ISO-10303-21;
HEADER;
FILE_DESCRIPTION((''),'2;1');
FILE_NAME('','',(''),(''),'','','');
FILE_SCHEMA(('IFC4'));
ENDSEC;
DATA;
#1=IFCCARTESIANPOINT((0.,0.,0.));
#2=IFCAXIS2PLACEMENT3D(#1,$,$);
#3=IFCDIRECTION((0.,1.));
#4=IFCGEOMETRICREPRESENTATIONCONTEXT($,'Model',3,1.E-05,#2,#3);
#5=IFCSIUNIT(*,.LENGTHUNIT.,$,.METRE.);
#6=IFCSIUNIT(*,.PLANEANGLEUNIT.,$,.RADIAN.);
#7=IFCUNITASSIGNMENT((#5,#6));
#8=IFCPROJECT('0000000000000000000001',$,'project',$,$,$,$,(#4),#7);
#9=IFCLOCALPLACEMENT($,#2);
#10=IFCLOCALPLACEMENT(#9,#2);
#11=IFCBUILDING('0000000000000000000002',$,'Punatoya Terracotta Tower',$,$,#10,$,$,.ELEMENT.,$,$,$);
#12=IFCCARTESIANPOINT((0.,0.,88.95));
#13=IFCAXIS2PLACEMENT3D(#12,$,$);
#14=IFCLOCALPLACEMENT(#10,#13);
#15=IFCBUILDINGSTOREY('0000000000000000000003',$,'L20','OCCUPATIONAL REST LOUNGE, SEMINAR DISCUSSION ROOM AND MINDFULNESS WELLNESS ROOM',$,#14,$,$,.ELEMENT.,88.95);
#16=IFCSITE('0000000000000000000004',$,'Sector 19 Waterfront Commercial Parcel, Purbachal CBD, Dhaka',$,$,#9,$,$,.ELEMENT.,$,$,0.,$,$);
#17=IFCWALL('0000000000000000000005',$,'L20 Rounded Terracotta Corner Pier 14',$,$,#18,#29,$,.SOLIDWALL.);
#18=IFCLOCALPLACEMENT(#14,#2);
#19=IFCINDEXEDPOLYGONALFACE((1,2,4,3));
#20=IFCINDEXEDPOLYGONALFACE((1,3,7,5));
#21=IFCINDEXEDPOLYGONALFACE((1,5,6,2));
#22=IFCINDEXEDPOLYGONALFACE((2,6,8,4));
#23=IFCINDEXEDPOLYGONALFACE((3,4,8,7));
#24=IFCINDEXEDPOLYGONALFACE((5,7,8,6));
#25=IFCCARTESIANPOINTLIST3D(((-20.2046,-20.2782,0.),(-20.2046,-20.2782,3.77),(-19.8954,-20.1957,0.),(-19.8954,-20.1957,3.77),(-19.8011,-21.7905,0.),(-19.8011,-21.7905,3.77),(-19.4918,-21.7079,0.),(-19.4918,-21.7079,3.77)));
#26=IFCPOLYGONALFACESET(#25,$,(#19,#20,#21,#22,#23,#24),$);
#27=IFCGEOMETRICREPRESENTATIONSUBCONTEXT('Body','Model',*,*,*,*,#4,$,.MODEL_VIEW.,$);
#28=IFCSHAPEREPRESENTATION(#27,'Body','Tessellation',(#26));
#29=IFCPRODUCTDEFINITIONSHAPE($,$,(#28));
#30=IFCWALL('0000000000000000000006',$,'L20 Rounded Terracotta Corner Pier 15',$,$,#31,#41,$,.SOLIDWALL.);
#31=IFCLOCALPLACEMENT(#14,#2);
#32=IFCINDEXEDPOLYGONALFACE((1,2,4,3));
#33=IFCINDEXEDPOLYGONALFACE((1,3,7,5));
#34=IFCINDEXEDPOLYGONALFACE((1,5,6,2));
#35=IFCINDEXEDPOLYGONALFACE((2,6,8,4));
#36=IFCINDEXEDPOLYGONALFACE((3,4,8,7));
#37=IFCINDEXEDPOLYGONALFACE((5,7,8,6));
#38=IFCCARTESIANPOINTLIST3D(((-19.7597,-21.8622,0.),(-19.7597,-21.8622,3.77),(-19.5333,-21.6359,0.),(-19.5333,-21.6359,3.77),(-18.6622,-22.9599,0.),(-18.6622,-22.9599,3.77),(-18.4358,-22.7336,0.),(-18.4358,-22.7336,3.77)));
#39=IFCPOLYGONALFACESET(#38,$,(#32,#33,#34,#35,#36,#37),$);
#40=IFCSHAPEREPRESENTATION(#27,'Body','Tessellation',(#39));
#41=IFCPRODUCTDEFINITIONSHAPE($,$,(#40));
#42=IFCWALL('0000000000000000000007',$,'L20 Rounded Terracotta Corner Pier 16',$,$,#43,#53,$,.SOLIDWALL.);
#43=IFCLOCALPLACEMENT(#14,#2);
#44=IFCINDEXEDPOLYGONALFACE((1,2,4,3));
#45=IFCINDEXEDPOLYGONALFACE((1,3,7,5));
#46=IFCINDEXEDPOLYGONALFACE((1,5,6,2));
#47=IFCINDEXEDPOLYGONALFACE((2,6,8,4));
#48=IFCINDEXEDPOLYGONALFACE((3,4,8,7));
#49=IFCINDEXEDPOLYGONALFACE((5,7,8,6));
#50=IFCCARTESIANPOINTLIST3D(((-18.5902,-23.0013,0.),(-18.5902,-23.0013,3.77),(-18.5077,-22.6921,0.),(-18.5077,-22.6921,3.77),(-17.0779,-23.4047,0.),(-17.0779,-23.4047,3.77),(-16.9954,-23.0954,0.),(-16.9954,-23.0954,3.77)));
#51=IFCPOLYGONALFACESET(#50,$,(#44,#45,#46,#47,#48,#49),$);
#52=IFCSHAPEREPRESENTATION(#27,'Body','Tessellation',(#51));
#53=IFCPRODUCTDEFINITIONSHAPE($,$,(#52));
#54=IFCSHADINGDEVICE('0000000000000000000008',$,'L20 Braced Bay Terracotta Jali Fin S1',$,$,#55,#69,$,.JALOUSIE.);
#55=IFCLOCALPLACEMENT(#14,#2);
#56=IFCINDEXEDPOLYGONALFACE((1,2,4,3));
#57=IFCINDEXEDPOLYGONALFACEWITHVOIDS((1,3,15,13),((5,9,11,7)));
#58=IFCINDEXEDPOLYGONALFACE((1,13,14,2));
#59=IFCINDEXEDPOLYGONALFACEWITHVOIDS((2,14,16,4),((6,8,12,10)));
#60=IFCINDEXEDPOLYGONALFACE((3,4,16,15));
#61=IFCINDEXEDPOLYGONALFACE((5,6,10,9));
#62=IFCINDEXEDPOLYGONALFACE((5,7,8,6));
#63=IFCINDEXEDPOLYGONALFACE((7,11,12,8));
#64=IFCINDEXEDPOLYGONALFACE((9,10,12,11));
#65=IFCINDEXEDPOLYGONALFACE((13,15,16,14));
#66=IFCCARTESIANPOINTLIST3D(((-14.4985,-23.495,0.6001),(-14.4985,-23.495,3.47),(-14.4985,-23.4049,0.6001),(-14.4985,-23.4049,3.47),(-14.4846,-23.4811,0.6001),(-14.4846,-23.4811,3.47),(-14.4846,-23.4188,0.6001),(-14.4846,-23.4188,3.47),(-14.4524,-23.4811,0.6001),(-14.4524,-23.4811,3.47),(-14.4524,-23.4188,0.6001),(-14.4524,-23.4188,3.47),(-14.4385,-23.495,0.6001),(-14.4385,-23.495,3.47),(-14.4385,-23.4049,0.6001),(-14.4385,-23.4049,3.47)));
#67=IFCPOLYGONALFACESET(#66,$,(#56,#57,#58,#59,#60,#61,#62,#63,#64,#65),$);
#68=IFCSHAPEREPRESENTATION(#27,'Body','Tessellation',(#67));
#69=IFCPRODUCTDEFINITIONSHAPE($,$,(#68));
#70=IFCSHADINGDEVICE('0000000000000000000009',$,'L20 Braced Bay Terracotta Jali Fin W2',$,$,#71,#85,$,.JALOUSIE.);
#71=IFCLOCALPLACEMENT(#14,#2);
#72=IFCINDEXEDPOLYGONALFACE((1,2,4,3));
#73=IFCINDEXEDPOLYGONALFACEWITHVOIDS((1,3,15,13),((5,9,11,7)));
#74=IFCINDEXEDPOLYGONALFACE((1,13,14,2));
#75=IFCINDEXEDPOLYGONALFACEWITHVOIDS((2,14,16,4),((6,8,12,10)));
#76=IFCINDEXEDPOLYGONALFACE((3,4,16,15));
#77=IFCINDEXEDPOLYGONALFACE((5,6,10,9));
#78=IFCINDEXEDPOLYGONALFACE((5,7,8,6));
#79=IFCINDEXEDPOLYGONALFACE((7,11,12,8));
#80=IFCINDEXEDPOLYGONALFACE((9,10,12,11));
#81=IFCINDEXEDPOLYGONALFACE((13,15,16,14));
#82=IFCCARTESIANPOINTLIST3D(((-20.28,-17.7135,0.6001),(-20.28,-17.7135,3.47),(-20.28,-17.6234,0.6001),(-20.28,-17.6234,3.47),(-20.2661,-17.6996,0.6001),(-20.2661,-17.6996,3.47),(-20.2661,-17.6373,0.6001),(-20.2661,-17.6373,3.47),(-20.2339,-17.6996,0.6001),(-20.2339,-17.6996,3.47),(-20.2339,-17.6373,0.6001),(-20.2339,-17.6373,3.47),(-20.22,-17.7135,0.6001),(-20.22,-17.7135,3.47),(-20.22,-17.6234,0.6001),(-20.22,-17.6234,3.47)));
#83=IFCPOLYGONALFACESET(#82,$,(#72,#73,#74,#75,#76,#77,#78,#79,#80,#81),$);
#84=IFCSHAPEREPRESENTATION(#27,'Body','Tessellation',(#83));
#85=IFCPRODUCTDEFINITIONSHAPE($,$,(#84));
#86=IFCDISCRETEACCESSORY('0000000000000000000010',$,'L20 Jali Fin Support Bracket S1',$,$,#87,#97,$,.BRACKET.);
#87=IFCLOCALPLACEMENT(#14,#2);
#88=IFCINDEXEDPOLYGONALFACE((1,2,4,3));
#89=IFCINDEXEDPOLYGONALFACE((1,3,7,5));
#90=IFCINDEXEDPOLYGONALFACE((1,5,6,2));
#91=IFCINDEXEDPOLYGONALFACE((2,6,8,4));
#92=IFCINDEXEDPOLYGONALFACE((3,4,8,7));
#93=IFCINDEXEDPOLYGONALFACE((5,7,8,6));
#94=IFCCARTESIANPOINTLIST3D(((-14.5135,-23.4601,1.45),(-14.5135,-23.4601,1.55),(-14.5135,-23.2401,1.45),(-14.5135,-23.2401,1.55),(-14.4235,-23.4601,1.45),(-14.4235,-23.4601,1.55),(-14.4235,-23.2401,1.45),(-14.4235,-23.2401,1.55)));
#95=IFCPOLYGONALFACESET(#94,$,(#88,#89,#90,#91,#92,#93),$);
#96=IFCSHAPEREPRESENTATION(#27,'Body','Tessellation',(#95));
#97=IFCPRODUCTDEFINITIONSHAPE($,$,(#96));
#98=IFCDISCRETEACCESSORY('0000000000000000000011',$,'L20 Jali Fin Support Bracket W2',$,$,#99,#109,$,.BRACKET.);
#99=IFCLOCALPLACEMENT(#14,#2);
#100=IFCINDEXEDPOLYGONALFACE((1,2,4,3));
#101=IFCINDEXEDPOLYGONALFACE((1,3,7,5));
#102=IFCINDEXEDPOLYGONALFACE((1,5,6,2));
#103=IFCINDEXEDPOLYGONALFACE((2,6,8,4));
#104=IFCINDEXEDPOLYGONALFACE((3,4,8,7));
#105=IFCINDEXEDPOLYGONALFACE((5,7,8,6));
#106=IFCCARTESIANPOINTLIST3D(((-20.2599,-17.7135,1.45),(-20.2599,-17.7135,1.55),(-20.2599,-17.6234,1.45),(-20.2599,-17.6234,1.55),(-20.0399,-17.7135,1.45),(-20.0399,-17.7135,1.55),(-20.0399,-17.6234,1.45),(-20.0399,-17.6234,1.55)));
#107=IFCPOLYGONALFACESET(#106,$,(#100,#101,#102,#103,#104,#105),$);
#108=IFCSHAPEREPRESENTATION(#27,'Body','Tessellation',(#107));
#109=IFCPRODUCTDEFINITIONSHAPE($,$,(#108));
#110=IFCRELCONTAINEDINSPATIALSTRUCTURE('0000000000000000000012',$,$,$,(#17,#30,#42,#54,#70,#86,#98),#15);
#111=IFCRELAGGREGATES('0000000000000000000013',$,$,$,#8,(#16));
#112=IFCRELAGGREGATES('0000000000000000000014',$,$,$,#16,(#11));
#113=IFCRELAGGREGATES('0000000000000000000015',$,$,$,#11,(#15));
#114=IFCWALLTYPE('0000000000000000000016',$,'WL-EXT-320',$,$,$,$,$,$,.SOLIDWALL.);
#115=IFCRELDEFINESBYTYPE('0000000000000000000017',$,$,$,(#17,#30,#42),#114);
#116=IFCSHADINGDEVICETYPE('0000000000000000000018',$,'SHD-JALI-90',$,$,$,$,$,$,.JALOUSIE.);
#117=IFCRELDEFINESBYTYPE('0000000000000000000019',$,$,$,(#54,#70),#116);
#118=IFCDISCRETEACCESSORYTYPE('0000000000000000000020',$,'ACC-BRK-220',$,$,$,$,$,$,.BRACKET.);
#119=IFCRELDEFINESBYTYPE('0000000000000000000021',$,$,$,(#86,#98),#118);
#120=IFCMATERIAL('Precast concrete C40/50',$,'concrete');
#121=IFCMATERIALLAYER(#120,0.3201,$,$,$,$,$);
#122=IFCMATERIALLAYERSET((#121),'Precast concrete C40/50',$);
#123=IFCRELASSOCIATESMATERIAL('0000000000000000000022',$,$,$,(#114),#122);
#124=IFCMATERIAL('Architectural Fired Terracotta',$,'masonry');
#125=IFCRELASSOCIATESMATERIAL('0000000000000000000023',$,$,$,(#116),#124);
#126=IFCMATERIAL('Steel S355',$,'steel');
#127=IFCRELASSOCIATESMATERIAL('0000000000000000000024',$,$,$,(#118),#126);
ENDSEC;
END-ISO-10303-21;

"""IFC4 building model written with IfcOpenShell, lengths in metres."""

from ifc_helpers import new_model, si_unit, direction, frame, frame_2d, origin, origin_2d, place, context, subcontext, project, spatial, rectangle, hollow_rectangle, extrude, material, layer, layer_set, material_profile, profile_set, type_object, element, save


model = new_model("IFC4")

# Units and contexts
model_context = context("Model", 3, precision=1e-05, world=origin(), true_north=direction((0.0, 1.0)))
body_context = subcontext(model_context, "Body", "Model", "MODEL_VIEW")
ifc_project = project(units=[si_unit("LENGTHUNIT", "METRE"), si_unit("PLANEANGLEUNIT", "RADIAN")], contexts=[model_context])

# Site, building, storey
site_placement = place(None, origin())
site = spatial("IfcSite", under=ifc_project, at=site_placement, Name="Sector 19 Waterfront Commercial Parcel, Purbachal CBD, Dhaka", CompositionType="ELEMENT", RefElevation=0.0)
building_placement = place(site_placement, origin())
building = spatial("IfcBuilding", under=site, at=building_placement, Name="Punatoya Terracotta Tower", CompositionType="ELEMENT")
storey_placement = place(building_placement, frame((0.0, 0.0, 88.95)))
storey = spatial("IfcBuildingStorey", under=building, at=storey_placement, Name="L20", Description="OCCUPATIONAL REST LOUNGE, SEMINAR DISCUSSION ROOM AND MINDFULNESS WELLNESS ROOM", CompositionType="ELEMENT", Elevation=88.95)

# Shared definitions
ifc_material_1 = material(Name="Steel S355", Category="steel")

# Walls
ifc_material_2 = material(Name="Precast concrete C40/50", Category="concrete")
ifc_layer_1 = layer(ifc_material_2, 0.3201)
ifc_layer_set_1 = layer_set([ifc_layer_1], Name="Precast concrete C40/50")
wall_type = type_object("IfcWallType", Name="WL-EXT-320", PredefinedType="SOLIDWALL", material=ifc_layer_set_1)
wall_1_placement = place(storey_placement, frame((-20.05, -20.2368, 0.0), z_axis=(0.0, 0.0, 1.0), x_axis=(0.257847, -0.966186, 0.0)))
element("IfcWall", 1, at=wall_1_placement, inside=storey, type_object=wall_type, Name="L20 Rounded Terracotta Corner Pier 14", PredefinedType="SOLIDWALL", context=body_context, shape_type="SweptSolid", body=[
    extrude(rectangle(XDim=1.5652, YDim=0.3201, at=frame_2d((0.7827, 0.0))), origin(), (0.0, 0.0, 1.0), 3.77),
])
wall_2_placement = place(storey_placement, frame((-19.6465, -21.749, 0.0), z_axis=(0.0, 0.0, 1.0), x_axis=(0.707028, -0.707185, 0.0)))
element("IfcWall", 2, at=wall_2_placement, inside=storey, type_object=wall_type, Name="L20 Rounded Terracotta Corner Pier 15", PredefinedType="SOLIDWALL", context=body_context, shape_type="SweptSolid", body=[
    extrude(rectangle(XDim=1.5522, YDim=0.3201, at=frame_2d((0.7761, 0.0))), origin(), (0.0, 0.0, 1.0), 3.77),
])
wall_3_placement = place(storey_placement, frame((-18.5491, -22.8467, 0.0), z_axis=(0.0, 0.0, 1.0), x_axis=(0.966225, -0.257701, 0.0)))
element("IfcWall", 3, at=wall_3_placement, inside=storey, type_object=wall_type, Name="L20 Rounded Terracotta Corner Pier 16", PredefinedType="SOLIDWALL", context=body_context, shape_type="SweptSolid", body=[
    extrude(rectangle(XDim=1.5652, YDim=0.3201, at=frame_2d((0.7827, 0.0))), origin(), (0.0, 0.0, 1.0), 3.77),
])

# Shading devices
ifc_material_3 = material(Name="Architectural Fired Terracotta", Category="masonry")
ifc_material_profile_1 = material_profile(ifc_material_3, hollow_rectangle(XDim=0.0601, YDim=0.0901, WallThickness=0.0139, at=origin_2d()))
ifc_profile_set_1 = profile_set([ifc_material_profile_1], Name="Architectural Fired Terracotta")
shading_device_type = type_object("IfcShadingDeviceType", Name="SHD-JALI-90", PredefinedType="JALOUSIE", material=ifc_profile_set_1)
for number, where, z_axis, x_axis, name in (
    (4, (-14.4685, -23.45, 0.6001), (0.0, 0.0, 1.0), (1.0, 0.0, 0.0), "L20 Braced Bay Terracotta Jali Fin S1"),
    (5, (-20.25, -17.6685, 0.6001), (0.0, 0.0, 1.0), (1.0, 0.0, 0.0), "L20 Braced Bay Terracotta Jali Fin W2"),
):
    element("IfcShadingDevice", number, at=place(storey_placement, frame(where, z_axis=z_axis, x_axis=x_axis)), inside=storey, type_object=shading_device_type, Name=name, PredefinedType="JALOUSIE", context=body_context, shape_type="SweptSolid", body=[
        extrude(hollow_rectangle(XDim=0.0601, YDim=0.0901, WallThickness=0.0139, at=origin_2d()), origin(), (0.0, 0.0, 1.0), 2.8699),
    ])

# Discrete accessories
discrete_accessory_type = type_object("IfcDiscreteAccessoryType", Name="ACC-BRK-220", PredefinedType="BRACKET", material=ifc_material_1)
for number, where, z_axis, x_axis, name in (
    (6, (-14.4685, -23.3501, 1.45), (0.0, 0.0, 1.0), (1.0, 0.0, 0.0), "L20 Jali Fin Support Bracket S1"),
    (7, (-20.1499, -17.6685, 1.45), (0.0, 0.0, 1.0), (0.0, -1.0, 0.0), "L20 Jali Fin Support Bracket W2"),
):
    element("IfcDiscreteAccessory", number, at=place(storey_placement, frame(where, z_axis=z_axis, x_axis=x_axis)), inside=storey, type_object=discrete_accessory_type, Name=name, PredefinedType="BRACKET", context=body_context, shape_type="SweptSolid", body=[
        extrude(rectangle(XDim=0.0901, YDim=0.22, at=origin_2d()), origin(), (0.0, 0.0, 1.0), 0.1001),
    ])

save(model, "model.ifc")
